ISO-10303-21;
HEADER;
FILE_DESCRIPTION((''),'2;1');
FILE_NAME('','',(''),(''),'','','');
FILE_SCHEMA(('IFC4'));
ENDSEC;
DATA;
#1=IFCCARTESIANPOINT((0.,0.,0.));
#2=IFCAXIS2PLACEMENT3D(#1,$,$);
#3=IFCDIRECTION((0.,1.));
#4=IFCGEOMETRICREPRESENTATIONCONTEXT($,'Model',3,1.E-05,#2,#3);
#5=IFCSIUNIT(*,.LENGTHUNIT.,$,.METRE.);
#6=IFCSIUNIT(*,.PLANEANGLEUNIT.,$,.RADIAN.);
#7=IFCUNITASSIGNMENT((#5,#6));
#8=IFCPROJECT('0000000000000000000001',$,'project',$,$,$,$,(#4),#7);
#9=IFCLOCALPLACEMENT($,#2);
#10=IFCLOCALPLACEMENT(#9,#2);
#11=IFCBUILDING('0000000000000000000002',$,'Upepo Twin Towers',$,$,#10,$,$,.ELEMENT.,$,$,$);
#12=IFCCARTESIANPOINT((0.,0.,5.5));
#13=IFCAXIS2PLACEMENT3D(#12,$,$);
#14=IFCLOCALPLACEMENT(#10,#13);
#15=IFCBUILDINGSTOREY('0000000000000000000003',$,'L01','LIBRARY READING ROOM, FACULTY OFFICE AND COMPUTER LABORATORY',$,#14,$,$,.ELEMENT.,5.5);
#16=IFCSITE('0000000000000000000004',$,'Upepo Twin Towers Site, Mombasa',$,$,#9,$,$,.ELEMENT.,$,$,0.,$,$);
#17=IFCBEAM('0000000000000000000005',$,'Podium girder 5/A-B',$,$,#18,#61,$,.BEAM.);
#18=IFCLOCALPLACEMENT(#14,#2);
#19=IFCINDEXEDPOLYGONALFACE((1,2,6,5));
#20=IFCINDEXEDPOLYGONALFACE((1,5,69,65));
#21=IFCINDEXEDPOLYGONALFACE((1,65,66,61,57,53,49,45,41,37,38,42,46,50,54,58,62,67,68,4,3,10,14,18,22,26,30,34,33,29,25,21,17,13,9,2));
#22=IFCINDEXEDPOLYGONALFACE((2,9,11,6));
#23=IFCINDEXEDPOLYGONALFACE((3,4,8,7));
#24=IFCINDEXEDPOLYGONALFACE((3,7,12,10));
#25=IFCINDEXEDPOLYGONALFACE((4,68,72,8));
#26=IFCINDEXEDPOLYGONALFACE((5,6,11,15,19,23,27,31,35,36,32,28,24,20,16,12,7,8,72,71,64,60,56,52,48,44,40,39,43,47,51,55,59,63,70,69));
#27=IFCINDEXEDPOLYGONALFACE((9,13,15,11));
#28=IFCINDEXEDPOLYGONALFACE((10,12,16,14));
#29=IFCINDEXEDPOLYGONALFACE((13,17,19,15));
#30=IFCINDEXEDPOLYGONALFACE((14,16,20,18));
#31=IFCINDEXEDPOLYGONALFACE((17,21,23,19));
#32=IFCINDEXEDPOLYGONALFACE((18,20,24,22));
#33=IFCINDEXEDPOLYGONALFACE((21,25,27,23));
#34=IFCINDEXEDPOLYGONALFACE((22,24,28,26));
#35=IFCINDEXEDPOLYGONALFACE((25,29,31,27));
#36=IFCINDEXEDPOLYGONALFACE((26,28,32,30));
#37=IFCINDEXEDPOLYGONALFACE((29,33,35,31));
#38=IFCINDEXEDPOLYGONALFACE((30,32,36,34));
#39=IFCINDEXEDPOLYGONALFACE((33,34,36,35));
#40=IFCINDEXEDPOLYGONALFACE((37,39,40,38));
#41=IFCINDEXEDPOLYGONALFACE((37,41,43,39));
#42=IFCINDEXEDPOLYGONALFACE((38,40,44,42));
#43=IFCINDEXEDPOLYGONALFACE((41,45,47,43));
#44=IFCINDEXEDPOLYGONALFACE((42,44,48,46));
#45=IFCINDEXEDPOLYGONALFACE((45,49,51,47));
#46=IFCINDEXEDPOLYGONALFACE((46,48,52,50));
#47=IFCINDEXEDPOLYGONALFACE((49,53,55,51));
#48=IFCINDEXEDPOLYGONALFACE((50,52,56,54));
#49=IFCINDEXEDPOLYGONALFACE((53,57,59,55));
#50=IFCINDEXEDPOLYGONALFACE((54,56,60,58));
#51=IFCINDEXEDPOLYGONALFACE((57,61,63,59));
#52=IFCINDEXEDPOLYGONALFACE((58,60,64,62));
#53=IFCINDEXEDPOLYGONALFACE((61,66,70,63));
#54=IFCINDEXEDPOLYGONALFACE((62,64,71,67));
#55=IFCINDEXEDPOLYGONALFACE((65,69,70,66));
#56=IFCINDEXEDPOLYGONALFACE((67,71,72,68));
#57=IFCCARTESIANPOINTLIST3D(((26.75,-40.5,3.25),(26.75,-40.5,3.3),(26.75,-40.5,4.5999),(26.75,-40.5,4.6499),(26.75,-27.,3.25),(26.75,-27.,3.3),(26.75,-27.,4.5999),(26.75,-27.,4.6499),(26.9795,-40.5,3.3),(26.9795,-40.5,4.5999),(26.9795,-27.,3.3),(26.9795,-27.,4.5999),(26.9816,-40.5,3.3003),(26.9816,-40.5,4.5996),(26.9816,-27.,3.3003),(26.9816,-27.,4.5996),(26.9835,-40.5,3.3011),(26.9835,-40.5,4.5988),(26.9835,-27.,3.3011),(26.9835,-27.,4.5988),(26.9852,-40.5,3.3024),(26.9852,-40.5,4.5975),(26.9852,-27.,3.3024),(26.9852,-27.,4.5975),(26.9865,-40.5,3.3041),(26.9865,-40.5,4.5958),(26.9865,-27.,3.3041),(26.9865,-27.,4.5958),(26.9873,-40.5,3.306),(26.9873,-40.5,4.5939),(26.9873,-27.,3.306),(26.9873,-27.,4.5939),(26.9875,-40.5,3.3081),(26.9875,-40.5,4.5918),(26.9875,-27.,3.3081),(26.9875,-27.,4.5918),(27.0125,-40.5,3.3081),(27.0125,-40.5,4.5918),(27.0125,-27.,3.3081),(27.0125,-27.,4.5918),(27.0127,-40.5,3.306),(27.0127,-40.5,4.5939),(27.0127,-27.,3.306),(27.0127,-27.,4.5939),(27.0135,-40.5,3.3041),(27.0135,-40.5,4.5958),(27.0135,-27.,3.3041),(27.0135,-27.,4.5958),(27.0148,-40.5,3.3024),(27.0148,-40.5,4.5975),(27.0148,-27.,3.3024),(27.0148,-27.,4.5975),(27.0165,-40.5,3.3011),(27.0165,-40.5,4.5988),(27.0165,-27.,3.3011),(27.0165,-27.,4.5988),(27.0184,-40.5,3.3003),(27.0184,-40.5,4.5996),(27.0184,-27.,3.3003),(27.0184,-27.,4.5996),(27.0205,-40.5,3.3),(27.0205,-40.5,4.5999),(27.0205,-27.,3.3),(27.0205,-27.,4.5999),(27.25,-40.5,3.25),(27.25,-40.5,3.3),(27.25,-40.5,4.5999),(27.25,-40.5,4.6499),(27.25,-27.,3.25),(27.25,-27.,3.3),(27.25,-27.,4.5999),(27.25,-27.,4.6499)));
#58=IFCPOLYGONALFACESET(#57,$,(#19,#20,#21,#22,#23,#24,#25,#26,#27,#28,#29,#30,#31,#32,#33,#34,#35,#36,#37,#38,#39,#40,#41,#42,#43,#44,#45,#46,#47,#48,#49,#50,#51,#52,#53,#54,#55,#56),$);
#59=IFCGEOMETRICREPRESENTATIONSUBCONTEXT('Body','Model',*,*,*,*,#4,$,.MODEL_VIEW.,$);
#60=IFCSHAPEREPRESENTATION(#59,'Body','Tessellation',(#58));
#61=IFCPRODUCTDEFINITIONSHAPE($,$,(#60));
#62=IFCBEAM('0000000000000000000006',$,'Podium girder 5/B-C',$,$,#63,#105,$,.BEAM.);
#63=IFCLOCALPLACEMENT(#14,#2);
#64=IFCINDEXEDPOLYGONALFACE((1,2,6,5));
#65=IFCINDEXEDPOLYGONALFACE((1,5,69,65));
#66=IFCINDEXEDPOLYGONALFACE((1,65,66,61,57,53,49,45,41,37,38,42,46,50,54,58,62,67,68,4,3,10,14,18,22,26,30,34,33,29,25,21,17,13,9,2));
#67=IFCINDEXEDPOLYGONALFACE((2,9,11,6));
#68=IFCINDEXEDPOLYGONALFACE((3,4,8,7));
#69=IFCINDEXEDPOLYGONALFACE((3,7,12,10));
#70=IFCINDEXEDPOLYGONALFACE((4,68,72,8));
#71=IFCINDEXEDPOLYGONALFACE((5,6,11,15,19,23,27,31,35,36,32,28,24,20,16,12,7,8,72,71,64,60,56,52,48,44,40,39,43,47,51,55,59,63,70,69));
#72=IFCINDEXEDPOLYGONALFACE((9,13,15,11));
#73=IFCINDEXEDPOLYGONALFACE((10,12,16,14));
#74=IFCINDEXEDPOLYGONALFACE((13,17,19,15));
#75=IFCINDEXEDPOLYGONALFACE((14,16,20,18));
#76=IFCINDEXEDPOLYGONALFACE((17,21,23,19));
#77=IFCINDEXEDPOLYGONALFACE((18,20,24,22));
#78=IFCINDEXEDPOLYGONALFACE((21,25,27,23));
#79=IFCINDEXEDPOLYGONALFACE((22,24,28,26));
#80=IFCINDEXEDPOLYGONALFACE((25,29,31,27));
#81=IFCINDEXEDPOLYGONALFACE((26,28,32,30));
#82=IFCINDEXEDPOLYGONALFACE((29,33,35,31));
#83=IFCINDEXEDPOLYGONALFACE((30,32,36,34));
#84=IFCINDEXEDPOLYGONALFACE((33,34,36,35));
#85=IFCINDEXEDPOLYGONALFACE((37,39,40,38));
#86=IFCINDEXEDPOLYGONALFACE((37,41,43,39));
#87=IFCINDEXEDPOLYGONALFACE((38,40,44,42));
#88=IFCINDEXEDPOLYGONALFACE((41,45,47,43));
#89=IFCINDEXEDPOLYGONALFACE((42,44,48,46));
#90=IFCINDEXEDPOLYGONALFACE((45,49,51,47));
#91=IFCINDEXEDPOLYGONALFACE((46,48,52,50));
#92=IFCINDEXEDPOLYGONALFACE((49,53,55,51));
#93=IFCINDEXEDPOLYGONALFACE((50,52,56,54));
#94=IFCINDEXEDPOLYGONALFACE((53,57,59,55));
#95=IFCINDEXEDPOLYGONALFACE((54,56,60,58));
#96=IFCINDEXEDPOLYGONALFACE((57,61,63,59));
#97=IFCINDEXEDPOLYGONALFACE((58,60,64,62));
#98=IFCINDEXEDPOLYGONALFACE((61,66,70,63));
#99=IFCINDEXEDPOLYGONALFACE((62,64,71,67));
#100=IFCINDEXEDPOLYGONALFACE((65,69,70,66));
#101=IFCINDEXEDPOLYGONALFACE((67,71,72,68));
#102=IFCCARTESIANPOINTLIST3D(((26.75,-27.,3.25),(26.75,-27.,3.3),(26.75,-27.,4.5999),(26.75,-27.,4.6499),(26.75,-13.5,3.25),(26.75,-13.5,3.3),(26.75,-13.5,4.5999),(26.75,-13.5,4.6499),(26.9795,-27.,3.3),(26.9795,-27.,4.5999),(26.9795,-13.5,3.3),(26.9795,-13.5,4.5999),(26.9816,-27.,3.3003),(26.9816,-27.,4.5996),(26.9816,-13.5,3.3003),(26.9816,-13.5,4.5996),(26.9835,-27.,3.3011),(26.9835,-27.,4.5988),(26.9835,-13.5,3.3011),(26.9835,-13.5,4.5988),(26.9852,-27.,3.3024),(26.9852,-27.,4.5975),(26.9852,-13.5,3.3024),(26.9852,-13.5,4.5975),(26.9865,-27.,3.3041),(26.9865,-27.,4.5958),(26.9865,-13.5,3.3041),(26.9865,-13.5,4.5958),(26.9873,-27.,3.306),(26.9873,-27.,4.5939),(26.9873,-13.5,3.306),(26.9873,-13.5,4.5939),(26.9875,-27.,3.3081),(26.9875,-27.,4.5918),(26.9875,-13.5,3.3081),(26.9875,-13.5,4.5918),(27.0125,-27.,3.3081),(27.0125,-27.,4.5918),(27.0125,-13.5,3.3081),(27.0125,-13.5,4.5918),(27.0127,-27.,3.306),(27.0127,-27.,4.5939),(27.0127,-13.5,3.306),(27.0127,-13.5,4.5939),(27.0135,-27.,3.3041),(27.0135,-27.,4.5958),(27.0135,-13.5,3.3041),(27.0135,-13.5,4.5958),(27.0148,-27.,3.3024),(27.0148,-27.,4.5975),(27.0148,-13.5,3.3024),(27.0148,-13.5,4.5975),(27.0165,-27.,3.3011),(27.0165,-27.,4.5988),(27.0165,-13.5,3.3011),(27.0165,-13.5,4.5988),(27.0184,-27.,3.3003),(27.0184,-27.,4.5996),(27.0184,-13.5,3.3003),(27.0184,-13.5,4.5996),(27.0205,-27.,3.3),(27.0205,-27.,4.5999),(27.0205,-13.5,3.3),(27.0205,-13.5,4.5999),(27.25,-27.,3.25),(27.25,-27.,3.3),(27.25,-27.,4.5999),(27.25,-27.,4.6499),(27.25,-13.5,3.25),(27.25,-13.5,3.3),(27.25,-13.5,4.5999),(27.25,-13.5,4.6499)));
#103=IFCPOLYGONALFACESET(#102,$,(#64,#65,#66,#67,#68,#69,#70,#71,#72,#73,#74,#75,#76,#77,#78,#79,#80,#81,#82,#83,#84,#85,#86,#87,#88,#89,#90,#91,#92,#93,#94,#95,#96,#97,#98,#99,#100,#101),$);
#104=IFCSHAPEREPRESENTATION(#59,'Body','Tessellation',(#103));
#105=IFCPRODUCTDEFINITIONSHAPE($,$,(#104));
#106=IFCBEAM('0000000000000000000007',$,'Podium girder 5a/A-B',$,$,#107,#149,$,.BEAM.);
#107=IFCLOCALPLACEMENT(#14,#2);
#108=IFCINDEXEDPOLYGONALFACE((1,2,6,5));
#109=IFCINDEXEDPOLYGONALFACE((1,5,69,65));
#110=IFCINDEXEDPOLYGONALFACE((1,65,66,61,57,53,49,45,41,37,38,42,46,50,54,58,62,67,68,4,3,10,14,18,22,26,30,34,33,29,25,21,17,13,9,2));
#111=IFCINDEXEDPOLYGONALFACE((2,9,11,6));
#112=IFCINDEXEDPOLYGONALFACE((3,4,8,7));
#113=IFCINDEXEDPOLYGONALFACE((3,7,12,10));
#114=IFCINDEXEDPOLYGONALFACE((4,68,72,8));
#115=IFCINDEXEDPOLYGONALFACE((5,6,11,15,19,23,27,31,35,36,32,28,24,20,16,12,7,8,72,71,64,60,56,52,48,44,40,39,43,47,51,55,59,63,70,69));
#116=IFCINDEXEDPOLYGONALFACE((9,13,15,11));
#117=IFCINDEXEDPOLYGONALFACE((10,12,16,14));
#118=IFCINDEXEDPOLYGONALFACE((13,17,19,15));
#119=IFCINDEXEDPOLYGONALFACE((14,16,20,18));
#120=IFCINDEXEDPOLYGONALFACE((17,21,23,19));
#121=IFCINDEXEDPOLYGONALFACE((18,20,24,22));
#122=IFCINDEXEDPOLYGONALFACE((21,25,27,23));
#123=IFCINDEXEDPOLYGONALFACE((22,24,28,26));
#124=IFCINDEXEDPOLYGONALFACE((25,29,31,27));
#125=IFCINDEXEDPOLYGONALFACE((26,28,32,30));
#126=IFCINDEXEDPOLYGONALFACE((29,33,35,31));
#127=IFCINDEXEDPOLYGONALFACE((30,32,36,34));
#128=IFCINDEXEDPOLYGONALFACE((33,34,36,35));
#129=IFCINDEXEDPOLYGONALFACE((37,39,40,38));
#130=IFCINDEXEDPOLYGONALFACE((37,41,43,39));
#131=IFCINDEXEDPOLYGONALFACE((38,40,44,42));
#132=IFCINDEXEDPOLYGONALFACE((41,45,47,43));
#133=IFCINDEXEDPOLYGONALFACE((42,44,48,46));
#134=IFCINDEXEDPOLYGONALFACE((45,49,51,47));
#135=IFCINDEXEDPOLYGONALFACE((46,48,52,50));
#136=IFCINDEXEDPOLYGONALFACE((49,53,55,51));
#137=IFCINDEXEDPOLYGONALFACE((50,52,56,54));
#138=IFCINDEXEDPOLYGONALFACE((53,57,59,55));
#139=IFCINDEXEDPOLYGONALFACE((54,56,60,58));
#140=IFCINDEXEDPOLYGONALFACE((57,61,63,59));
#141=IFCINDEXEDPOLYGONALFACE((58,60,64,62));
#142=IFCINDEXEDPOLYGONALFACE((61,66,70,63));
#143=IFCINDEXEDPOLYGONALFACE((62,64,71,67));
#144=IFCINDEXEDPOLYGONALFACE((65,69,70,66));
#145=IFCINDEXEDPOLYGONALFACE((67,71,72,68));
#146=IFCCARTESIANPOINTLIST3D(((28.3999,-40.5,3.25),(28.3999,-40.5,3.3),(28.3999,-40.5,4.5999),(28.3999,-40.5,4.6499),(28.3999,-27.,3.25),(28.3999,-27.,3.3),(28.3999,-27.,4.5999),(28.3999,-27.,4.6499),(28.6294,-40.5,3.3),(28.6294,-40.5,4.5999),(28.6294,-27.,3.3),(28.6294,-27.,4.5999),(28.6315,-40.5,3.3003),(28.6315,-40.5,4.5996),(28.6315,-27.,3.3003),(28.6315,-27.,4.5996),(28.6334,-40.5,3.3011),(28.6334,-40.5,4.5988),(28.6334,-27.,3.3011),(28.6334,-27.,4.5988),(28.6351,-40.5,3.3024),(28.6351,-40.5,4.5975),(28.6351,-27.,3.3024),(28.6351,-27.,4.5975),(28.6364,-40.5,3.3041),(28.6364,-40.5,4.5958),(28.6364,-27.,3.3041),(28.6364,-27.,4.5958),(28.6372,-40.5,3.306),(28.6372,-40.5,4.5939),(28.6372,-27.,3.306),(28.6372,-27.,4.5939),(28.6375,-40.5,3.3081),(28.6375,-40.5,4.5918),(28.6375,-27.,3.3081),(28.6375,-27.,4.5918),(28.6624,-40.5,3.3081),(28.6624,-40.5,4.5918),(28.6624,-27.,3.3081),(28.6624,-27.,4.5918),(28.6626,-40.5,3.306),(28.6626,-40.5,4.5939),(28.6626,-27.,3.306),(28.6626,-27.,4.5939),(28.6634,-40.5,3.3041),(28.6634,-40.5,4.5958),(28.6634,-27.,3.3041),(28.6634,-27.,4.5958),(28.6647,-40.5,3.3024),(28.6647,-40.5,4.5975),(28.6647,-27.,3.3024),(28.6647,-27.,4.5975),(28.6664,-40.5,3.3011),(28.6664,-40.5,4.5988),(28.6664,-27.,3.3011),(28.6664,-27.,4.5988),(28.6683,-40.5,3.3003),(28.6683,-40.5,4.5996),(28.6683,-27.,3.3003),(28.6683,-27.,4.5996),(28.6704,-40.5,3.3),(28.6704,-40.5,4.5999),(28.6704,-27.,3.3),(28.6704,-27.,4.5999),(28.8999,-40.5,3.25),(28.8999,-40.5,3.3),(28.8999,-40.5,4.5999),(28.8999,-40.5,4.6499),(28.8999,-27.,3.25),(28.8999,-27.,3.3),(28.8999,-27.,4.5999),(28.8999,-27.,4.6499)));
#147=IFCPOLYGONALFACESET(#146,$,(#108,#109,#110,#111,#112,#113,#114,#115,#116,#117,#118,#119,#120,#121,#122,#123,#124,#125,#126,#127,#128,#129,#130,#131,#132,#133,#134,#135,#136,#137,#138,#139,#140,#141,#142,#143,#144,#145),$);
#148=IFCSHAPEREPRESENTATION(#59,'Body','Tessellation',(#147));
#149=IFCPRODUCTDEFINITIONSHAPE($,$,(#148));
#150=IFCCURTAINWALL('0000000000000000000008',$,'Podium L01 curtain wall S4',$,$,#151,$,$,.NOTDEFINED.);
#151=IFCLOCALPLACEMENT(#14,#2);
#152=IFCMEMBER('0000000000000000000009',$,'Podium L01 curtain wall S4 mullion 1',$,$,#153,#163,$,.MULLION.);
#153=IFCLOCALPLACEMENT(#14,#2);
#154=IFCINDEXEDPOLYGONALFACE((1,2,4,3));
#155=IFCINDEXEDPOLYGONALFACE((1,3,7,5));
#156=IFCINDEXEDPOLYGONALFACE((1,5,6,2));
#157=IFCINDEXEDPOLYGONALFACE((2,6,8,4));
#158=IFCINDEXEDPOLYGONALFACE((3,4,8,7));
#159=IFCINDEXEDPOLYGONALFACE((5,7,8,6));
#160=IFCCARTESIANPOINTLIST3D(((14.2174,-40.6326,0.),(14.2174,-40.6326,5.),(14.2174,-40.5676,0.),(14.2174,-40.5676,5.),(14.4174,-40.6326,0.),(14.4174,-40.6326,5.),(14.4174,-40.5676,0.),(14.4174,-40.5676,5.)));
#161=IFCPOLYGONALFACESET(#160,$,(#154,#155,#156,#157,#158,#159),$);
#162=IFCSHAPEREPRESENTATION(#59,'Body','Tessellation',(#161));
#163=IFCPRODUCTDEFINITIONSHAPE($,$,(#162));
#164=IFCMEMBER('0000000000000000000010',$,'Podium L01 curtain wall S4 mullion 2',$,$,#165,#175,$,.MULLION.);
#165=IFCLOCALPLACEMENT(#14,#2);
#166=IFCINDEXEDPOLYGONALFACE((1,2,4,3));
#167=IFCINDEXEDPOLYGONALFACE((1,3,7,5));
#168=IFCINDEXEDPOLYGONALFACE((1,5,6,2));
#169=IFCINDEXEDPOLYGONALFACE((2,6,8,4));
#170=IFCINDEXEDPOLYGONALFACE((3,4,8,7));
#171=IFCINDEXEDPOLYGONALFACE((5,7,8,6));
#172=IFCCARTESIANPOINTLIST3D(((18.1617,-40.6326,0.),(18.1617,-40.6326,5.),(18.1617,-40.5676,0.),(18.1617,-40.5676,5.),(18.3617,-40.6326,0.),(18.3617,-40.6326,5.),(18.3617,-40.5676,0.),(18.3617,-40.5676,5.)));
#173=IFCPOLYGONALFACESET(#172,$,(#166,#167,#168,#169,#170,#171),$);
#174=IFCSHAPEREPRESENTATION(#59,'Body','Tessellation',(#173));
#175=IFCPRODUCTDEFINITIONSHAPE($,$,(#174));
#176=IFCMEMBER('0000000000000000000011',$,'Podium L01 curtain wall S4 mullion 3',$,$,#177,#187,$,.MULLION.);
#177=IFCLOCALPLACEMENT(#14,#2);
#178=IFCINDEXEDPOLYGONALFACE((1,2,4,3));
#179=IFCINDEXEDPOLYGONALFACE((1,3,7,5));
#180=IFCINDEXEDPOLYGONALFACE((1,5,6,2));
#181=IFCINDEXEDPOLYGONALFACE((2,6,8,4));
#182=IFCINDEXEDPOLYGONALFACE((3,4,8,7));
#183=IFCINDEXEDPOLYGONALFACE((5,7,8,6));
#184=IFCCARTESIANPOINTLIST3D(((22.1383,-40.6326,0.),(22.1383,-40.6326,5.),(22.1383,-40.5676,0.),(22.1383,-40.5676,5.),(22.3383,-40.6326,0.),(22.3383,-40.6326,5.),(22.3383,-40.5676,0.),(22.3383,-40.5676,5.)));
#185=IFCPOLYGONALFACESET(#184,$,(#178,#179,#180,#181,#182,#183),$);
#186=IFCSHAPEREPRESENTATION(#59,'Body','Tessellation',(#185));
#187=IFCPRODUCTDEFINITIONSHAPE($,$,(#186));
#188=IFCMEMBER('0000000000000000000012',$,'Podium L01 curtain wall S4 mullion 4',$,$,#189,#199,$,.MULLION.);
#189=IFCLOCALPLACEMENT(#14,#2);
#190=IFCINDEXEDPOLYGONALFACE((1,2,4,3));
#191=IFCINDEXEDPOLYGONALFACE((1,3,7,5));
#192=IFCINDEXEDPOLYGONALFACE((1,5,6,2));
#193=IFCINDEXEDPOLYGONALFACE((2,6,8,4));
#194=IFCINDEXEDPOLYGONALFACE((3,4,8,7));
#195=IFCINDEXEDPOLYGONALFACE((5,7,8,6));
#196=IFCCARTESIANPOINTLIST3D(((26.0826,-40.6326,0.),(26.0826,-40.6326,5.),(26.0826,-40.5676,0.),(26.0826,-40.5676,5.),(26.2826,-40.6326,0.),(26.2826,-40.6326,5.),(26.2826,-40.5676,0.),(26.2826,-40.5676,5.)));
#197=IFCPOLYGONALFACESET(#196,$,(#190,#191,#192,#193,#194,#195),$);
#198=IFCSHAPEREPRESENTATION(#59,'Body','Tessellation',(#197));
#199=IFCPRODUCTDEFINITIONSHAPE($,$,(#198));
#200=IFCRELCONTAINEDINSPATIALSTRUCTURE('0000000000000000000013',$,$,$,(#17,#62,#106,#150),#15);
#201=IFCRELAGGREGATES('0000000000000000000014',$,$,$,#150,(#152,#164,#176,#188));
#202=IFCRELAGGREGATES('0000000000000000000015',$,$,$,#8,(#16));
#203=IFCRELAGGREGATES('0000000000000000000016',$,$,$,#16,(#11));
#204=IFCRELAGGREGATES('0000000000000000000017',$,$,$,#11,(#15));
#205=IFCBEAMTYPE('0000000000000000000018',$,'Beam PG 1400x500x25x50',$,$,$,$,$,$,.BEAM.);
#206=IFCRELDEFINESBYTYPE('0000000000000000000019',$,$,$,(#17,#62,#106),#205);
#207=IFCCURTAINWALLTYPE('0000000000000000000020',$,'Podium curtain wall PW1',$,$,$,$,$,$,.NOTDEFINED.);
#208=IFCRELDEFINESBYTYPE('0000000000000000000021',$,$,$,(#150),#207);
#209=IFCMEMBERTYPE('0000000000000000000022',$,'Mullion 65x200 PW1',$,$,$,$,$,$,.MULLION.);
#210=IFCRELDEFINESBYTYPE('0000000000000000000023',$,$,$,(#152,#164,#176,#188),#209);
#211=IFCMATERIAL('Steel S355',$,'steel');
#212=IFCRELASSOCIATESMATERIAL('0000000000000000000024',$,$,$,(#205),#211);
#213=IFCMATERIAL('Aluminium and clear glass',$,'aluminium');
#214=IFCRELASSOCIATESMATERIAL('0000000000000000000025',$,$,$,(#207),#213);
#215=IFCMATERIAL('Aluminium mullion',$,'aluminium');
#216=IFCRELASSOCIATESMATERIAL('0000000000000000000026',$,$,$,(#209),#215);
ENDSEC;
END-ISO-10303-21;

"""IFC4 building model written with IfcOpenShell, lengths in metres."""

from ifc_helpers import new_model, si_unit, direction, frame, origin, origin_2d, place, context, subcontext, project, spatial, rectangle, i_section, extrude, material, material_profile, profile_set, type_object, element, aggregate, save


model = new_model("IFC4")

# Units and contexts
model_context = context("Model", 3, precision=1e-05, world=origin(), true_north=direction((0.0, 1.0)))
body_context = subcontext(model_context, "Body", "Model", "MODEL_VIEW")
ifc_project = project(units=[si_unit("LENGTHUNIT", "METRE"), si_unit("PLANEANGLEUNIT", "RADIAN")], contexts=[model_context])

# Site, building, storey
site_placement = place(None, origin())
site = spatial("IfcSite", under=ifc_project, at=site_placement, Name="Upepo Twin Towers Site, Mombasa", CompositionType="ELEMENT", RefElevation=0.0)
building_placement = place(site_placement, origin())
building = spatial("IfcBuilding", under=site, at=building_placement, Name="Upepo Twin Towers", CompositionType="ELEMENT")
storey_placement = place(building_placement, frame((0.0, 0.0, 5.5)))
storey = spatial("IfcBuildingStorey", under=building, at=storey_placement, Name="L01", Description="LIBRARY READING ROOM, FACULTY OFFICE AND COMPUTER LABORATORY", CompositionType="ELEMENT", Elevation=5.5)

# Beams
ifc_material_1 = material(Name="Steel S355", Category="steel")
ifc_material_profile_1 = material_profile(ifc_material_1, i_section(OverallWidth=0.5, OverallDepth=1.3999, WebThickness=0.0249, FlangeThickness=0.05, FilletRadius=0.0081, at=origin_2d()), Name="PG 1400x500x25x50")
ifc_profile_set_1 = profile_set([ifc_material_profile_1], Name="Steel S355")
beam_type_1 = type_object("IfcBeamType", Name="Beam PG 1400x500x25x50", PredefinedType="BEAM", material=ifc_profile_set_1)
for number, where, z_axis, x_axis, name in (
    (1, (27.0, -40.5, 3.95), (0.0, 1.0, 0.0), (-1.0, 0.0, 0.0), "Podium girder 5/A-B"),
    (2, (27.0, -27.0, 3.95), (0.0, 1.0, 0.0), (-1.0, 0.0, 0.0), "Podium girder 5/B-C"),
    (3, (28.6499, -40.5, 3.95), (0.0, 1.0, 0.0), (-1.0, 0.0, 0.0), "Podium girder 5a/A-B"),
):
    element("IfcBeam", number, at=place(storey_placement, frame(where, z_axis=z_axis, x_axis=x_axis)), inside=storey, type_object=beam_type_1, Name=name, PredefinedType="BEAM", context=body_context, shape_type="SweptSolid", body=[
        extrude(i_section(OverallWidth=0.5, OverallDepth=1.3999, WebThickness=0.0249, FlangeThickness=0.05, FilletRadius=0.0081, at=origin_2d()), origin(), (0.0, 0.0, 1.0), 13.5),
    ])

# Curtain wall, members
ifc_material_2 = material(Name="Aluminium and clear glass", Category="aluminium")
curtain_wall_type = type_object("IfcCurtainWallType", Name="Podium curtain wall PW1", PredefinedType="NOTDEFINED", material=ifc_material_2)
curtain_wall_placement = place(storey_placement, origin())
curtain_wall = element("IfcCurtainWall", 4, at=curtain_wall_placement, inside=storey, type_object=curtain_wall_type, Name="Podium L01 curtain wall S4", PredefinedType="NOTDEFINED")
ifc_material_3 = material(Name="Aluminium mullion", Category="aluminium")
ifc_material_profile_2 = material_profile(ifc_material_3, rectangle(XDim=0.0649, YDim=0.2, at=origin_2d()), Name="MULLION 65x200 PODIUM")
ifc_profile_set_2 = profile_set([ifc_material_profile_2], Name="Aluminium mullion")
member_type_1 = type_object("IfcMemberType", Name="Mullion 65x200 PW1", PredefinedType="MULLION", material=ifc_profile_set_2)
member_1_placement = place(storey_placement, frame((14.3174, -40.6001, 0.0), z_axis=(0.0, 0.0, 1.0), x_axis=(0.0, 1.0, 0.0)))
member_1 = element("IfcMember", 5, at=member_1_placement, type_object=member_type_1, Name="Podium L01 curtain wall S4 mullion 1", PredefinedType="MULLION", context=body_context, shape_type="SweptSolid", body=[
    extrude(rectangle(XDim=0.0649, YDim=0.2, at=origin_2d()), origin(), (0.0, 0.0, 1.0), 5.0),
])
member_2_placement = place(storey_placement, frame((18.2617, -40.6001, 0.0), z_axis=(0.0, 0.0, 1.0), x_axis=(0.0, 1.0, 0.0)))
member_2 = element("IfcMember", 6, at=member_2_placement, type_object=member_type_1, Name="Podium L01 curtain wall S4 mullion 2", PredefinedType="MULLION", context=body_context, shape_type="SweptSolid", body=[
    extrude(rectangle(XDim=0.0649, YDim=0.2, at=origin_2d()), origin(), (0.0, 0.0, 1.0), 5.0),
])
member_3_placement = place(storey_placement, frame((22.2383, -40.6001, 0.0), z_axis=(0.0, 0.0, 1.0), x_axis=(0.0, 1.0, 0.0)))
member_3 = element("IfcMember", 7, at=member_3_placement, type_object=member_type_1, Name="Podium L01 curtain wall S4 mullion 3", PredefinedType="MULLION", context=body_context, shape_type="SweptSolid", body=[
    extrude(rectangle(XDim=0.0649, YDim=0.2, at=origin_2d()), origin(), (0.0, 0.0, 1.0), 5.0),
])
member_4_placement = place(storey_placement, frame((26.1826, -40.6001, 0.0), z_axis=(0.0, 0.0, 1.0), x_axis=(0.0, 1.0, 0.0)))
member_4 = element("IfcMember", 8, at=member_4_placement, type_object=member_type_1, Name="Podium L01 curtain wall S4 mullion 4", PredefinedType="MULLION", context=body_context, shape_type="SweptSolid", body=[
    extrude(rectangle(XDim=0.0649, YDim=0.2, at=origin_2d()), origin(), (0.0, 0.0, 1.0), 5.0),
])

aggregate(curtain_wall, [member_1, member_2, member_3, member_4])

save(model, "model.ifc")
